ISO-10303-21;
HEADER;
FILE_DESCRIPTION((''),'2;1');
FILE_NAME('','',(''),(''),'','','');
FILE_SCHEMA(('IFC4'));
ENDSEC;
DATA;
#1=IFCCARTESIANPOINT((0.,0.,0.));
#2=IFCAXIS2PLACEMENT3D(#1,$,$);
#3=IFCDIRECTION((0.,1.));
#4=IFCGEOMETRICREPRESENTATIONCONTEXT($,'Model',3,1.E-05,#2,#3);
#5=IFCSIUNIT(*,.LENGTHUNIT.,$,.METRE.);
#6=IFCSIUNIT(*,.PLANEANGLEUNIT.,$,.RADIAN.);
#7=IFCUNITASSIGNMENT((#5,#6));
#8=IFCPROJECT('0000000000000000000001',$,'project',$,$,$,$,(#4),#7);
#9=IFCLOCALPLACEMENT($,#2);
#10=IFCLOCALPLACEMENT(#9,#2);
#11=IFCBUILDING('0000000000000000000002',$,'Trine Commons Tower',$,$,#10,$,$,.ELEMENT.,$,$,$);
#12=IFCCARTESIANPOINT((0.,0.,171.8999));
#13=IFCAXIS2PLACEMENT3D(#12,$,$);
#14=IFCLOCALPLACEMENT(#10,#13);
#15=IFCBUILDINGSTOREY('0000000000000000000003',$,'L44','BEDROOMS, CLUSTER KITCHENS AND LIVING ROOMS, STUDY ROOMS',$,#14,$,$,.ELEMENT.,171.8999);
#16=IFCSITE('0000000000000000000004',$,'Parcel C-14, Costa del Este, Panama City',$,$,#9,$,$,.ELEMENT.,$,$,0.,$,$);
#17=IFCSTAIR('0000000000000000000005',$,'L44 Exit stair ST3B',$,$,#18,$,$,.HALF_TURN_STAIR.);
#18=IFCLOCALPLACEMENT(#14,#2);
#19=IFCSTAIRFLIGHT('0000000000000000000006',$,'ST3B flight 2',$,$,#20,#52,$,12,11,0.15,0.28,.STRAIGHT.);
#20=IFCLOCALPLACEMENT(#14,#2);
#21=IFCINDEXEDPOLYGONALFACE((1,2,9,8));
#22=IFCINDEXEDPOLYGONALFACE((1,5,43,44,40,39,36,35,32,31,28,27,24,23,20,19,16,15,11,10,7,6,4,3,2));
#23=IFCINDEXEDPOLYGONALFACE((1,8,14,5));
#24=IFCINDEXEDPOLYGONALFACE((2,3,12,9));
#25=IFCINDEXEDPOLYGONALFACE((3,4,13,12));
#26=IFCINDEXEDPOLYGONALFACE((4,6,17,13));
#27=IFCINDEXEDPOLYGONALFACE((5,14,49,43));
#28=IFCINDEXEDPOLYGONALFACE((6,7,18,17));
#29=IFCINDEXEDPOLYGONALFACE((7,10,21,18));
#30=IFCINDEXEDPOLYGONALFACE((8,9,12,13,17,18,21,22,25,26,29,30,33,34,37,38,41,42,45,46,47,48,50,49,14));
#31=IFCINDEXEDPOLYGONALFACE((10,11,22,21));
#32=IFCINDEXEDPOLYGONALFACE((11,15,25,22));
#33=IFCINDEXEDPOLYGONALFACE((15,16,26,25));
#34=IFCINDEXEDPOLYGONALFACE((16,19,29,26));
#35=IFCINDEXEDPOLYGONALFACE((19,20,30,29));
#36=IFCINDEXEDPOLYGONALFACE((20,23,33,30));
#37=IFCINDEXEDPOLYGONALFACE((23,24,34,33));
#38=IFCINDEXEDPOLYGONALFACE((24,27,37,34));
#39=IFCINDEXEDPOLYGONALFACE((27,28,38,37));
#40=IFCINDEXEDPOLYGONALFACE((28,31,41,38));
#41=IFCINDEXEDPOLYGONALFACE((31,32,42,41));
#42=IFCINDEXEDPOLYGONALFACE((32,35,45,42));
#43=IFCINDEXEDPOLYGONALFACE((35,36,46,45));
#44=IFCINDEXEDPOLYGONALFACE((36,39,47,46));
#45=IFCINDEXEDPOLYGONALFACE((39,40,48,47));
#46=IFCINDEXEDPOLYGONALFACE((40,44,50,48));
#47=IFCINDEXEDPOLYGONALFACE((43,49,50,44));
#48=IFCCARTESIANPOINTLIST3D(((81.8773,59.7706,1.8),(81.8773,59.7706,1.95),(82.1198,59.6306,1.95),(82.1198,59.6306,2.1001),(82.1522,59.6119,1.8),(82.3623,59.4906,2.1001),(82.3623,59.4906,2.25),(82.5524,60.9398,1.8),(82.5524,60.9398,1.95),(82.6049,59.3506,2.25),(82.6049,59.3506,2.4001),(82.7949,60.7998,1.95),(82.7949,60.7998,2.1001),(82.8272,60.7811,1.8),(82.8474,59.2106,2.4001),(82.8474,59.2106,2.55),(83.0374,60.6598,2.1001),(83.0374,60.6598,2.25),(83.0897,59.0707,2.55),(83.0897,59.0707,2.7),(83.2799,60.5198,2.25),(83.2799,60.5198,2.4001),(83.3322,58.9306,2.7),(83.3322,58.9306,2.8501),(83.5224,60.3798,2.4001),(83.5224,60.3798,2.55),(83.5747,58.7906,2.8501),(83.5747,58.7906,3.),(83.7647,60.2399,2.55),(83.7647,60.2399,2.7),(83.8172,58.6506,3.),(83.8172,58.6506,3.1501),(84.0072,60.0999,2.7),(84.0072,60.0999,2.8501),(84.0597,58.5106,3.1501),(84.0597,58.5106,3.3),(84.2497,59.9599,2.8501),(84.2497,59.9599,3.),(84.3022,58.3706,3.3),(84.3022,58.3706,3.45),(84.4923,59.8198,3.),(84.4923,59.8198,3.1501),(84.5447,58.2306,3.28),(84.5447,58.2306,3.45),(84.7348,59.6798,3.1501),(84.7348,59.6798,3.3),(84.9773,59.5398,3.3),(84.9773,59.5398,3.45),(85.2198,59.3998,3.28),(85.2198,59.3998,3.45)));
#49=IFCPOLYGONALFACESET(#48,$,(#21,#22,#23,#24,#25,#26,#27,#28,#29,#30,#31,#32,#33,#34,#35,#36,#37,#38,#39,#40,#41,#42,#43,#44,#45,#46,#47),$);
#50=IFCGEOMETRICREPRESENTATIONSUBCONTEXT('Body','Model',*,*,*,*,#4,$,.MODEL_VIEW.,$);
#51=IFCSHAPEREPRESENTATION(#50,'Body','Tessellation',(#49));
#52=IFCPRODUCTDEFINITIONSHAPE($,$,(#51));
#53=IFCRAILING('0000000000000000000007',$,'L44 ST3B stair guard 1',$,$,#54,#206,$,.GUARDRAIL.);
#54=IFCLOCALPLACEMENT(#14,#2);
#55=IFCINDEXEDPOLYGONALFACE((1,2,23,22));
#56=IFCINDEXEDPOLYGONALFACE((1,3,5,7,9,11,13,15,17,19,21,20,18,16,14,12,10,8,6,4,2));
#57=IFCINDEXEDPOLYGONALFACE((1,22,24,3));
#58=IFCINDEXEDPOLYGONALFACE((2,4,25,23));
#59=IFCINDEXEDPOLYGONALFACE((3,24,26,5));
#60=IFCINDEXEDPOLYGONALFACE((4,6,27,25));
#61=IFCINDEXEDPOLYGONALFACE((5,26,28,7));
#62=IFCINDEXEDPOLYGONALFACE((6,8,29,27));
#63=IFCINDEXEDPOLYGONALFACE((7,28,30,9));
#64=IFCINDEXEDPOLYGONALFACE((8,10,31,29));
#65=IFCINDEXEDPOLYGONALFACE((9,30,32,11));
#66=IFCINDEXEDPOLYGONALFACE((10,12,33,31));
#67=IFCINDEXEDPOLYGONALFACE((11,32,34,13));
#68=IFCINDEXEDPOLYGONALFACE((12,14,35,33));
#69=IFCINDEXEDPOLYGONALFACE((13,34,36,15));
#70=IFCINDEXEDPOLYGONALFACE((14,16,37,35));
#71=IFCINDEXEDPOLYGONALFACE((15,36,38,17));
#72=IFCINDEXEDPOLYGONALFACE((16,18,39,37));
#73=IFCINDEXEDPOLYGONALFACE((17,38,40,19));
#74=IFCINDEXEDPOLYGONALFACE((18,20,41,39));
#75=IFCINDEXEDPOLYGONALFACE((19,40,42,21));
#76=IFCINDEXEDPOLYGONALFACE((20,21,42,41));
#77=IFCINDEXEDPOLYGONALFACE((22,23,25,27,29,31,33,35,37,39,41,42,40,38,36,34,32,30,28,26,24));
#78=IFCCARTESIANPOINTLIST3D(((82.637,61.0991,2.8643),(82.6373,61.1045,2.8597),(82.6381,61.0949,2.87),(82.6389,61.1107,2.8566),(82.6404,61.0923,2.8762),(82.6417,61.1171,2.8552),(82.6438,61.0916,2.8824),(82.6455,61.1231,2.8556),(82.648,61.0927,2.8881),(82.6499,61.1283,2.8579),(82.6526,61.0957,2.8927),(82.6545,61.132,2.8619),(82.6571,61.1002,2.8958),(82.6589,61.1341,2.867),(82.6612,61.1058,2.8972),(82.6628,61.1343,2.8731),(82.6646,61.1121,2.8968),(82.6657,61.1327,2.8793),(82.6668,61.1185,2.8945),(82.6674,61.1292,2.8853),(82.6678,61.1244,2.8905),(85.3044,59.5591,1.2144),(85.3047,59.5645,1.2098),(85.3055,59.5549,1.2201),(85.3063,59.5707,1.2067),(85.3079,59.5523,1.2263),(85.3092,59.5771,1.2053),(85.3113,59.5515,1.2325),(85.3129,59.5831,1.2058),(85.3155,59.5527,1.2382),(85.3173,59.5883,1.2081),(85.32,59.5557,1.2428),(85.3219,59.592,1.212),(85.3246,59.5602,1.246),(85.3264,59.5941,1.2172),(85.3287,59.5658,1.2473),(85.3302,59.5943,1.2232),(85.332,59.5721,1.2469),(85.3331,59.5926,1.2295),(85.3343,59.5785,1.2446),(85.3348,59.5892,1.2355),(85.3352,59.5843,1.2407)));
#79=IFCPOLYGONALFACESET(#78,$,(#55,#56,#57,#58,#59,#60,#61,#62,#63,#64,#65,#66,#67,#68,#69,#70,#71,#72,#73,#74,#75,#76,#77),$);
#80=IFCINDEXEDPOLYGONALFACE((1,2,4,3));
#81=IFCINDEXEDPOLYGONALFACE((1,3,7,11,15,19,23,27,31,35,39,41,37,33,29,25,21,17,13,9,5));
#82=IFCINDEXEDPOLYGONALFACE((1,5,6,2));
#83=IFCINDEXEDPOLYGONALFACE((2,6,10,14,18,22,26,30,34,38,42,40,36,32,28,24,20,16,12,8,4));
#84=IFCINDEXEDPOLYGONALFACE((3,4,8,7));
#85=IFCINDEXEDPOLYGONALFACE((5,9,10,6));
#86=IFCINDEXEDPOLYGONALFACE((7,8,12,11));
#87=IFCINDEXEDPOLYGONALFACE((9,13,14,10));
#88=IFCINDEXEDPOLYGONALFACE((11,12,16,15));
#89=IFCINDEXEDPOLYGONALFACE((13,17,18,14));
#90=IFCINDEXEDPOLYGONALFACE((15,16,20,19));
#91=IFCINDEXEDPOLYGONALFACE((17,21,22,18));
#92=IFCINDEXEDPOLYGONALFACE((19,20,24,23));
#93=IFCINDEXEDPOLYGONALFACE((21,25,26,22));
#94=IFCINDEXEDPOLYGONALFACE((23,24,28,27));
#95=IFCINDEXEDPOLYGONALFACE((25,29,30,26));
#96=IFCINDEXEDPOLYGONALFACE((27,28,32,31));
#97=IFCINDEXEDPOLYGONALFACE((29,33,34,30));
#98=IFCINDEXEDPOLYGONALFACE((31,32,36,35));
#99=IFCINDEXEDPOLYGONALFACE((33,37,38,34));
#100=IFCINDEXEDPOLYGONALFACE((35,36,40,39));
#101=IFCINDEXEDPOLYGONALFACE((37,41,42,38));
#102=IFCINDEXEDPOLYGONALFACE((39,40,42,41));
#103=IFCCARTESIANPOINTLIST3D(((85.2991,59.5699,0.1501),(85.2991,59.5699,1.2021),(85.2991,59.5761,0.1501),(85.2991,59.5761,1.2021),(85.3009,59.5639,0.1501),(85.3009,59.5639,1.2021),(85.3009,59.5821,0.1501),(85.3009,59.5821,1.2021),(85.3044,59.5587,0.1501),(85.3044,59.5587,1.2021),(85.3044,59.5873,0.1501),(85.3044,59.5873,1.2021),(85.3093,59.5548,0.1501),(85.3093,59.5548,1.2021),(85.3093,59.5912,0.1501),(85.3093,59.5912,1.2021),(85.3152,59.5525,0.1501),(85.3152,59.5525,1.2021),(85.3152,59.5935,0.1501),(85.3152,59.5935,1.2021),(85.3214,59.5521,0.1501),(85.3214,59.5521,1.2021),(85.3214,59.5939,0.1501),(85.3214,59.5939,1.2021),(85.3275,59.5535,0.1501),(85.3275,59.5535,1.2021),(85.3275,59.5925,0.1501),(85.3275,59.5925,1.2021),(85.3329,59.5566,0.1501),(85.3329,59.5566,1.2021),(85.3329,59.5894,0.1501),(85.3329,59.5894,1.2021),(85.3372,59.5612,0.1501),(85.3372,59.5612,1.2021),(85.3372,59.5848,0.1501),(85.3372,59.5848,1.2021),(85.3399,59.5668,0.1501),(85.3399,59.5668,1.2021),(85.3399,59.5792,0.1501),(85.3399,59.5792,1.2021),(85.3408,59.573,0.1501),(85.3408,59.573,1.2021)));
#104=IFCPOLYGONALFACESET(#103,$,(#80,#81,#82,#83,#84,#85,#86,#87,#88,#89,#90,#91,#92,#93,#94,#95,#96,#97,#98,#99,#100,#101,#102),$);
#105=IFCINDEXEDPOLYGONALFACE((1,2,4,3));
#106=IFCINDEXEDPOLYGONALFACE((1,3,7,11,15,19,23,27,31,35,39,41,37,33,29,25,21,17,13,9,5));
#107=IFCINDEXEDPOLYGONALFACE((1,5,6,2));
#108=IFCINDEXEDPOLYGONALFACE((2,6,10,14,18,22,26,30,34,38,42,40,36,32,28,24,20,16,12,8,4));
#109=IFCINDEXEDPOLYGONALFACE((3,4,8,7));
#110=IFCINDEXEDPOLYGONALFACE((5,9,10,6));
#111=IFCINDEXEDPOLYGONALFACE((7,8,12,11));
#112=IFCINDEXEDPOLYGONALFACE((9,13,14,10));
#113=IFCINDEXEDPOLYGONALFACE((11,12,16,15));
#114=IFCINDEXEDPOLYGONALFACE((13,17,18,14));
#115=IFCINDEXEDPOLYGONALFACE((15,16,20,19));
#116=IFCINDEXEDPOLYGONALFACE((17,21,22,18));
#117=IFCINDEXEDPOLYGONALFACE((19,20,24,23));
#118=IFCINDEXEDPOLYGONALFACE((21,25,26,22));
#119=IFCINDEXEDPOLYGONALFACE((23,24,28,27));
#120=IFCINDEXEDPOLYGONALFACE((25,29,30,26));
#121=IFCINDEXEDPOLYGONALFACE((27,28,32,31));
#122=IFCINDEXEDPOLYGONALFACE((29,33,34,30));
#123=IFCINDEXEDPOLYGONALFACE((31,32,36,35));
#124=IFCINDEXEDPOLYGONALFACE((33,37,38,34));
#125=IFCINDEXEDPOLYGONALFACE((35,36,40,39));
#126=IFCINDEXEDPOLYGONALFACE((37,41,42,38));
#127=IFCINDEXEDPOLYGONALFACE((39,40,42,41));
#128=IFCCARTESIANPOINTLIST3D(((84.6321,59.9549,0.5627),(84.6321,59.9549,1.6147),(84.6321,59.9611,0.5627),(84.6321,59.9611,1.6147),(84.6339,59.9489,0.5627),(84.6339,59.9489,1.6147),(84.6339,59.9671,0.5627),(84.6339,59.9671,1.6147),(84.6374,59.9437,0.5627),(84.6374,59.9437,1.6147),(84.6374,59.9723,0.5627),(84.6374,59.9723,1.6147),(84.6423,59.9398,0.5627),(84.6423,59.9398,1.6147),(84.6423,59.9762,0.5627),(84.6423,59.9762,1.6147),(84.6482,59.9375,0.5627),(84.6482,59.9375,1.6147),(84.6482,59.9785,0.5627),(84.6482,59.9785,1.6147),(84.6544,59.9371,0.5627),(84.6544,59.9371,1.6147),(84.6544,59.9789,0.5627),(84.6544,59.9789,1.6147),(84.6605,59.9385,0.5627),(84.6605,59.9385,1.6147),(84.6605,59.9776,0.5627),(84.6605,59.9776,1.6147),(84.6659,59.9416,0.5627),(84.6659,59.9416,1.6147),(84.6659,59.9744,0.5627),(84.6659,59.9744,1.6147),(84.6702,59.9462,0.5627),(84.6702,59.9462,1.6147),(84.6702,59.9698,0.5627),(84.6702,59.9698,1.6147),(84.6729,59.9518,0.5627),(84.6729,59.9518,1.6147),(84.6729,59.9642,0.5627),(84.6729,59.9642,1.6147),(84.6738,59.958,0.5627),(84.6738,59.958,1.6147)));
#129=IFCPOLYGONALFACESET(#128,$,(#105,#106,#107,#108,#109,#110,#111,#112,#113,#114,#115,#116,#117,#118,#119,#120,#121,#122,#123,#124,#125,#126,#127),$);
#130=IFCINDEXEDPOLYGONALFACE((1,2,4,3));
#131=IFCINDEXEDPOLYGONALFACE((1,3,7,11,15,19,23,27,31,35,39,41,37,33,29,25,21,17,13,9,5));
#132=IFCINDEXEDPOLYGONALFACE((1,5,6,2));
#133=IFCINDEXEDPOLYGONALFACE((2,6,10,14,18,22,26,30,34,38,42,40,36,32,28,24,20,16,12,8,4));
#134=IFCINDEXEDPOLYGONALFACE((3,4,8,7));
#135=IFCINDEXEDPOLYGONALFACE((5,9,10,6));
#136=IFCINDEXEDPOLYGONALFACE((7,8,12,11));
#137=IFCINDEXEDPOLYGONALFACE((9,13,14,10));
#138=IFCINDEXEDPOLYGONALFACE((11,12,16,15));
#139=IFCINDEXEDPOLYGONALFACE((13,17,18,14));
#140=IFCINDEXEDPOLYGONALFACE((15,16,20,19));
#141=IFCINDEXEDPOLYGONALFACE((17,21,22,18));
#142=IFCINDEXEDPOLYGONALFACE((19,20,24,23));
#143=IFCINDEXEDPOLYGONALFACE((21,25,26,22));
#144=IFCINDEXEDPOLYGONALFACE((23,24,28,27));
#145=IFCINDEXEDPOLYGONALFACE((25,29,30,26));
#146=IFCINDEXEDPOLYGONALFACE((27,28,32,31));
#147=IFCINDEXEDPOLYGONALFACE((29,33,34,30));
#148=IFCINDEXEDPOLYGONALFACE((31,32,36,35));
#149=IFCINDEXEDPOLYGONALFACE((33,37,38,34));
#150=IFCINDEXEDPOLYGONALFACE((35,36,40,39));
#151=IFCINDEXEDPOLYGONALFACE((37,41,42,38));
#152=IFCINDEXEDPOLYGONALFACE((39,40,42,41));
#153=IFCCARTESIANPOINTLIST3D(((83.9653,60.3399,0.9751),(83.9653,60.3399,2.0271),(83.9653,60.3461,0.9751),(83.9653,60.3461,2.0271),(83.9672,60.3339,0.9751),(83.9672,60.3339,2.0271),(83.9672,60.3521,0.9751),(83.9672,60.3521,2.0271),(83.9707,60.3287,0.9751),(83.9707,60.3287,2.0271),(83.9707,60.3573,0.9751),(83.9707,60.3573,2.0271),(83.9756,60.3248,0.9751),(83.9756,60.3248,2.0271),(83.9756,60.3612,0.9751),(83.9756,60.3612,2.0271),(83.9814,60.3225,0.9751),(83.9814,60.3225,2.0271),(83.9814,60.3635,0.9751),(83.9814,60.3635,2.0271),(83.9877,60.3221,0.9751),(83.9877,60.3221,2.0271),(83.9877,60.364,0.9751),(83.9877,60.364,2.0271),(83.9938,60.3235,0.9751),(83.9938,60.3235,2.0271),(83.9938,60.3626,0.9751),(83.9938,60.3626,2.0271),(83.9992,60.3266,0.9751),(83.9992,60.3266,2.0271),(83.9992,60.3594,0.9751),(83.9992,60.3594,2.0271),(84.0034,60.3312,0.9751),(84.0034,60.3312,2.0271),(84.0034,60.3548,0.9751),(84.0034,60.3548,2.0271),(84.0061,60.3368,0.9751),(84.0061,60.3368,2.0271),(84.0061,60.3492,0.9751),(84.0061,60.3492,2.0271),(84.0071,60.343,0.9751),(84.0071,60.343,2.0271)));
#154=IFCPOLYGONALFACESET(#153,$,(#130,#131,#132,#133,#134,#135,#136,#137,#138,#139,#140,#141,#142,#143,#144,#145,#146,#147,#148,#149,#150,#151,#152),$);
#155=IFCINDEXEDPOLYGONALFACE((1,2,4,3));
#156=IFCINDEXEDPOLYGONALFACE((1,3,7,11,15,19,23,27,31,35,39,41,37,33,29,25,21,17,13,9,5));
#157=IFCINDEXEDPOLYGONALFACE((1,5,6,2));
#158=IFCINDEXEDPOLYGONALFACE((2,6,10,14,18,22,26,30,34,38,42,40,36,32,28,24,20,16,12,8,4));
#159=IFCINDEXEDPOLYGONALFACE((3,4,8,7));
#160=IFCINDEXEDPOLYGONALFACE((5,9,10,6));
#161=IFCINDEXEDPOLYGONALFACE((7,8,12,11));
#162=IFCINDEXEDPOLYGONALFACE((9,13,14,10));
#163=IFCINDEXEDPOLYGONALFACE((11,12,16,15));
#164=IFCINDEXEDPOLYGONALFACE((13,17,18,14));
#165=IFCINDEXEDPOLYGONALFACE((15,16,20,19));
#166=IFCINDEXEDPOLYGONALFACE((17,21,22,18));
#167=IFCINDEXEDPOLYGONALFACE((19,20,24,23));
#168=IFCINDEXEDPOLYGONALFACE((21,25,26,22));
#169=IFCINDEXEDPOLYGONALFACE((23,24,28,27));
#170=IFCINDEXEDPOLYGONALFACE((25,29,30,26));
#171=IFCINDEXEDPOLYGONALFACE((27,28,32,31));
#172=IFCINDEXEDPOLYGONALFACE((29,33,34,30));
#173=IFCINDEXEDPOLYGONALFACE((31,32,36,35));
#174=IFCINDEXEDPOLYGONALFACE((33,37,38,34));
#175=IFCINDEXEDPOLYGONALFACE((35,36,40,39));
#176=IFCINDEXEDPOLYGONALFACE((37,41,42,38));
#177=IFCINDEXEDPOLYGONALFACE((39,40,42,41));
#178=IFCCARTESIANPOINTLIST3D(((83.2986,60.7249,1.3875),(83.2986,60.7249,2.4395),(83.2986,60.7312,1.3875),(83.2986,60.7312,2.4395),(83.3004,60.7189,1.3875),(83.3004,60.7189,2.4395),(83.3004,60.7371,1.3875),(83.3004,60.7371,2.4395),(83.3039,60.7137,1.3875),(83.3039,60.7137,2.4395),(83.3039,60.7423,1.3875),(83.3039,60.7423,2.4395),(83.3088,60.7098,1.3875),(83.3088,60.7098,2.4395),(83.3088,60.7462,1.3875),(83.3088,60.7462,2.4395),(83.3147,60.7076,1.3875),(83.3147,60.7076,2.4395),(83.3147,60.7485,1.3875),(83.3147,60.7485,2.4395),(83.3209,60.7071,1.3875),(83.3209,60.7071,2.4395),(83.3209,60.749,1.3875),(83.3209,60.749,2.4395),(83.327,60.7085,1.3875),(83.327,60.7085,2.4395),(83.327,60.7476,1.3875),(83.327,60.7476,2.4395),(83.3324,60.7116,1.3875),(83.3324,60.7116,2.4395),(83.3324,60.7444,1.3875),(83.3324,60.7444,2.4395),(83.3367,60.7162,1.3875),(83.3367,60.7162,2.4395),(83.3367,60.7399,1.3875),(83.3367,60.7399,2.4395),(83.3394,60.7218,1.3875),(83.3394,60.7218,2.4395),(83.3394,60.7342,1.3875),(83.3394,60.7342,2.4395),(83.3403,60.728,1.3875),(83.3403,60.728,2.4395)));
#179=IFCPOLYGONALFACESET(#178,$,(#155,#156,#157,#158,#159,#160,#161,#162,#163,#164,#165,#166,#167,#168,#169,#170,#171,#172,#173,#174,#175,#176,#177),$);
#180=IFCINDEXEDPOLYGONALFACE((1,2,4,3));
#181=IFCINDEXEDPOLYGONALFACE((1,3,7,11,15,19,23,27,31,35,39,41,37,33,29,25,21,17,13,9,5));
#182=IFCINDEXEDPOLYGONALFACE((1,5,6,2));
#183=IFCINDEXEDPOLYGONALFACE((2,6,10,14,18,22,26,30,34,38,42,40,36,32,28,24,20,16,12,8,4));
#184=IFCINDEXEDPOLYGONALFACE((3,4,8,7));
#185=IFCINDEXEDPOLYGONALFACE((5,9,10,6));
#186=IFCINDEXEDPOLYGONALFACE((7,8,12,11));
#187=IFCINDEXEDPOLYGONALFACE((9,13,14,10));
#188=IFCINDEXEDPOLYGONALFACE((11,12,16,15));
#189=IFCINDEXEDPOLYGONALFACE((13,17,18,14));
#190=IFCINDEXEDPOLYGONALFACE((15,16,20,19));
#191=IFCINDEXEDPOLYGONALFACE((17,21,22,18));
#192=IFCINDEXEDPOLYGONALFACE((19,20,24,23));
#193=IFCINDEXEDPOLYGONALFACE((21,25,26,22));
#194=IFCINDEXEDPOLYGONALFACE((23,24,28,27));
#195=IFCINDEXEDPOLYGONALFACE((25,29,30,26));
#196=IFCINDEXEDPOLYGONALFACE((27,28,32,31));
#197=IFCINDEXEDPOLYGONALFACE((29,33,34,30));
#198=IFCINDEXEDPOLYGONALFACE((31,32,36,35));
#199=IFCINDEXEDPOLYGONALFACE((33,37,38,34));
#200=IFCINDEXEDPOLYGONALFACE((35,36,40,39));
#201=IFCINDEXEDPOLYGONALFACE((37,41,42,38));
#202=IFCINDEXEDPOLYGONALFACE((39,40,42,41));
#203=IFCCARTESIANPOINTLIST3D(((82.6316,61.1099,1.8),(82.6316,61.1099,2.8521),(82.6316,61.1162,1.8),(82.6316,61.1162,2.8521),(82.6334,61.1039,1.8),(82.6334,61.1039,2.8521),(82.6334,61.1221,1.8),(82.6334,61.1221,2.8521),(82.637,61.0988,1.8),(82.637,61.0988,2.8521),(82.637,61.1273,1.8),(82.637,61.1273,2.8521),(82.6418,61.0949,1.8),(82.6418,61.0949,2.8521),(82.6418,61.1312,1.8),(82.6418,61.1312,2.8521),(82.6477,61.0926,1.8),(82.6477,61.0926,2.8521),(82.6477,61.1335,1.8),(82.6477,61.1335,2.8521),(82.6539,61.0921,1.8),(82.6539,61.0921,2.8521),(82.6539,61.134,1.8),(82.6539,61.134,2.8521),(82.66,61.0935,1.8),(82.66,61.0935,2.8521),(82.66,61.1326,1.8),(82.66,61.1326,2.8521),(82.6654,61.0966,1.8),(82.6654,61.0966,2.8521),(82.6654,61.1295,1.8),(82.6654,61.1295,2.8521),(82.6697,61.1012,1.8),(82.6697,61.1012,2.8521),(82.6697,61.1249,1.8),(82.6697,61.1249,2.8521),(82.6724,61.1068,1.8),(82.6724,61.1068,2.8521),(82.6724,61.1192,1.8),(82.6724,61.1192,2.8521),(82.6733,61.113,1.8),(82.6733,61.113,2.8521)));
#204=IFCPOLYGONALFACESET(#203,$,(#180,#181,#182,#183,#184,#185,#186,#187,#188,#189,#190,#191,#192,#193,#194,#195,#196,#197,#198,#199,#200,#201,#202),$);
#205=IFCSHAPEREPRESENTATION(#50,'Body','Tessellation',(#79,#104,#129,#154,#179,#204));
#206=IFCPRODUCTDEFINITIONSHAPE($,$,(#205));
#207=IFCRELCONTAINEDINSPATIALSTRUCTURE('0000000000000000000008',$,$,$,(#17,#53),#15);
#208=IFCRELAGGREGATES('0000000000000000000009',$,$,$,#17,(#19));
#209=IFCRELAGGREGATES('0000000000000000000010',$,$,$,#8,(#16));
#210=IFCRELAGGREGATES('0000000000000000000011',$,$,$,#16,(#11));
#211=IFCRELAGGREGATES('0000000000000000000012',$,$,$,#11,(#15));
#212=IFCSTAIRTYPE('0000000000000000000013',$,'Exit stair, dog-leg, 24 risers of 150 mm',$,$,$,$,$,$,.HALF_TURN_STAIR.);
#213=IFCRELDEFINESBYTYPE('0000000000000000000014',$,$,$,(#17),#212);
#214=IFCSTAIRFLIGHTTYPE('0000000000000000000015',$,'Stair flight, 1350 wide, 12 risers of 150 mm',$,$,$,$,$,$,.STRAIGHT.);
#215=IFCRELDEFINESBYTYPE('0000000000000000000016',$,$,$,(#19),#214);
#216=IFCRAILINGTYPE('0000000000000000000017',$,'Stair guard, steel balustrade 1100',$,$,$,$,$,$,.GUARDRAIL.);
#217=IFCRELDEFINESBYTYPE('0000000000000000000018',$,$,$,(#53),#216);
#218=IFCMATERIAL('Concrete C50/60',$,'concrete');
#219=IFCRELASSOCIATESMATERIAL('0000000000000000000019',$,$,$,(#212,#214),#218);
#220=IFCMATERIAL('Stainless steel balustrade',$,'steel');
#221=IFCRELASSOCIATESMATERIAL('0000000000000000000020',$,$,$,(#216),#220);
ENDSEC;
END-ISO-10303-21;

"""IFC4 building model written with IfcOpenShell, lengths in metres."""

from ifc_helpers import new_model, si_unit, direction, frame, origin, origin_2d, place, context, subcontext, project, spatial, polyline, circle, outline, extrude, material, type_object, element, aggregate, save


model = new_model("IFC4")

# Units and contexts
model_context = context("Model", 3, precision=1e-05, world=origin(), true_north=direction((0.0, 1.0)))
body_context = subcontext(model_context, "Body", "Model", "MODEL_VIEW")
ifc_project = project(units=[si_unit("LENGTHUNIT", "METRE"), si_unit("PLANEANGLEUNIT", "RADIAN")], contexts=[model_context])

# Site, building, storey
site_placement = place(None, origin())
site = spatial("IfcSite", under=ifc_project, at=site_placement, Name="Parcel C-14, Costa del Este, Panama City", CompositionType="ELEMENT", RefElevation=0.0)
building_placement = place(site_placement, origin())
building = spatial("IfcBuilding", under=site, at=building_placement, Name="Trine Commons Tower", CompositionType="ELEMENT")
storey_placement = place(building_placement, frame((0.0, 0.0, 171.8999)))
storey = spatial("IfcBuildingStorey", under=building, at=storey_placement, Name="L44", Description="BEDROOMS, CLUSTER KITCHENS AND LIVING ROOMS, STUDY ROOMS", CompositionType="ELEMENT", Elevation=171.8999)

# Stair, stair flight
ifc_material_1 = material(Name="Concrete C50/60", Category="concrete")
stair_type = type_object("IfcStairType", Name="Exit stair, dog-leg, 24 risers of 150 mm", PredefinedType="HALF_TURN_STAIR", material=ifc_material_1)
stair_placement = place(storey_placement, origin())
stair = element("IfcStair", 1, at=stair_placement, inside=storey, type_object=stair_type, Name="L44 Exit stair ST3B", PredefinedType="HALF_TURN_STAIR")
stair_flight_type = type_object("IfcStairFlightType", Name="Stair flight, 1350 wide, 12 risers of 150 mm", PredefinedType="STRAIGHT", material=ifc_material_1)
stair_flight_1_placement = place(storey_placement, frame((82.2148, 60.3552, 1.8), z_axis=(0.0, 0.0, 1.0), x_axis=(0.866025, -0.5, 0.0)))
stair_flight_1 = element("IfcStairFlight", 2, at=stair_flight_1_placement, type_object=stair_flight_type, Name="ST3B flight 2", NumberOfRisers=12, NumberOfTreads=11, PredefinedType="STRAIGHT", RiserHeight=0.15, TreadLength=0.28, context=body_context, shape_type="SweptSolid", body=[
    extrude(outline(polyline([(0.0, 0.0), (0.0, 0.1499), (0.28, 0.1499), (0.28, 0.3), (0.5601, 0.3), (0.5601, 0.45), (0.8401, 0.45), (0.8401, 0.6001), (1.1201, 0.6001), (1.1201, 0.75), (1.3999, 0.75), (1.3999, 0.8999), (1.6799, 0.8999), (1.6799, 1.05), (1.96, 1.05), (1.96, 1.2), (2.24, 1.2), (2.24, 1.3501), (2.52, 1.3501), (2.52, 1.5), (2.8, 1.5), (2.8, 1.6499), (3.0801, 1.6499), (3.0801, 1.8), (3.0801, 1.48), (0.3174, 0.0), (0.0, 0.0)])), frame((0.0, 0.675, 0.0), z_axis=(0.0, -1.0, 0.0), x_axis=(1.0, 0.0, 0.0)), (0.0, 0.0, 1.0), 1.3501),
])
aggregate(stair, [stair_flight_1])

# Railing
ifc_material_2 = material(Name="Stainless steel balustrade", Category="steel")
railing_type_1 = type_object("IfcRailingType", Name="Stair guard, steel balustrade 1100", PredefinedType="GUARDRAIL", material=ifc_material_2)
railing_1_placement = place(storey_placement, frame((85.3198, 59.573, 0.1501)))
element("IfcRailing", 3, at=railing_1_placement, inside=storey, type_object=railing_type_1, Name="L44 ST3B stair guard 1", PredefinedType="GUARDRAIL", context=body_context, shape_type="SweptSolid", body=[
    extrude(circle(Radius=0.0239, at=origin_2d()), frame((0.0, 0.0, 1.0762), z_axis=(-0.763405, 0.440743, 0.472185), x_axis=(-0.499992, -0.86603, 0.0)), (0.0, 0.0, 1.0), 3.4941),
    extrude(circle(Radius=0.021, at=origin_2d()), origin(), (0.0, 0.0, 1.0), 1.052),
    extrude(circle(Radius=0.021, at=origin_2d()), frame((-0.667, 0.385, 0.4126)), (0.0, 0.0, 1.0), 1.052),
    extrude(circle(Radius=0.021, at=origin_2d()), frame((-1.3337, 0.77, 0.825)), (0.0, 0.0, 1.0), 1.052),
    extrude(circle(Radius=0.021, at=origin_2d()), frame((-2.0005, 1.155, 1.2373)), (0.0, 0.0, 1.0), 1.052),
    extrude(circle(Radius=0.021, at=origin_2d()), frame((-2.6675, 1.54, 1.6499)), (0.0, 0.0, 1.0), 1.052),
])

save(model, "model.ifc")
